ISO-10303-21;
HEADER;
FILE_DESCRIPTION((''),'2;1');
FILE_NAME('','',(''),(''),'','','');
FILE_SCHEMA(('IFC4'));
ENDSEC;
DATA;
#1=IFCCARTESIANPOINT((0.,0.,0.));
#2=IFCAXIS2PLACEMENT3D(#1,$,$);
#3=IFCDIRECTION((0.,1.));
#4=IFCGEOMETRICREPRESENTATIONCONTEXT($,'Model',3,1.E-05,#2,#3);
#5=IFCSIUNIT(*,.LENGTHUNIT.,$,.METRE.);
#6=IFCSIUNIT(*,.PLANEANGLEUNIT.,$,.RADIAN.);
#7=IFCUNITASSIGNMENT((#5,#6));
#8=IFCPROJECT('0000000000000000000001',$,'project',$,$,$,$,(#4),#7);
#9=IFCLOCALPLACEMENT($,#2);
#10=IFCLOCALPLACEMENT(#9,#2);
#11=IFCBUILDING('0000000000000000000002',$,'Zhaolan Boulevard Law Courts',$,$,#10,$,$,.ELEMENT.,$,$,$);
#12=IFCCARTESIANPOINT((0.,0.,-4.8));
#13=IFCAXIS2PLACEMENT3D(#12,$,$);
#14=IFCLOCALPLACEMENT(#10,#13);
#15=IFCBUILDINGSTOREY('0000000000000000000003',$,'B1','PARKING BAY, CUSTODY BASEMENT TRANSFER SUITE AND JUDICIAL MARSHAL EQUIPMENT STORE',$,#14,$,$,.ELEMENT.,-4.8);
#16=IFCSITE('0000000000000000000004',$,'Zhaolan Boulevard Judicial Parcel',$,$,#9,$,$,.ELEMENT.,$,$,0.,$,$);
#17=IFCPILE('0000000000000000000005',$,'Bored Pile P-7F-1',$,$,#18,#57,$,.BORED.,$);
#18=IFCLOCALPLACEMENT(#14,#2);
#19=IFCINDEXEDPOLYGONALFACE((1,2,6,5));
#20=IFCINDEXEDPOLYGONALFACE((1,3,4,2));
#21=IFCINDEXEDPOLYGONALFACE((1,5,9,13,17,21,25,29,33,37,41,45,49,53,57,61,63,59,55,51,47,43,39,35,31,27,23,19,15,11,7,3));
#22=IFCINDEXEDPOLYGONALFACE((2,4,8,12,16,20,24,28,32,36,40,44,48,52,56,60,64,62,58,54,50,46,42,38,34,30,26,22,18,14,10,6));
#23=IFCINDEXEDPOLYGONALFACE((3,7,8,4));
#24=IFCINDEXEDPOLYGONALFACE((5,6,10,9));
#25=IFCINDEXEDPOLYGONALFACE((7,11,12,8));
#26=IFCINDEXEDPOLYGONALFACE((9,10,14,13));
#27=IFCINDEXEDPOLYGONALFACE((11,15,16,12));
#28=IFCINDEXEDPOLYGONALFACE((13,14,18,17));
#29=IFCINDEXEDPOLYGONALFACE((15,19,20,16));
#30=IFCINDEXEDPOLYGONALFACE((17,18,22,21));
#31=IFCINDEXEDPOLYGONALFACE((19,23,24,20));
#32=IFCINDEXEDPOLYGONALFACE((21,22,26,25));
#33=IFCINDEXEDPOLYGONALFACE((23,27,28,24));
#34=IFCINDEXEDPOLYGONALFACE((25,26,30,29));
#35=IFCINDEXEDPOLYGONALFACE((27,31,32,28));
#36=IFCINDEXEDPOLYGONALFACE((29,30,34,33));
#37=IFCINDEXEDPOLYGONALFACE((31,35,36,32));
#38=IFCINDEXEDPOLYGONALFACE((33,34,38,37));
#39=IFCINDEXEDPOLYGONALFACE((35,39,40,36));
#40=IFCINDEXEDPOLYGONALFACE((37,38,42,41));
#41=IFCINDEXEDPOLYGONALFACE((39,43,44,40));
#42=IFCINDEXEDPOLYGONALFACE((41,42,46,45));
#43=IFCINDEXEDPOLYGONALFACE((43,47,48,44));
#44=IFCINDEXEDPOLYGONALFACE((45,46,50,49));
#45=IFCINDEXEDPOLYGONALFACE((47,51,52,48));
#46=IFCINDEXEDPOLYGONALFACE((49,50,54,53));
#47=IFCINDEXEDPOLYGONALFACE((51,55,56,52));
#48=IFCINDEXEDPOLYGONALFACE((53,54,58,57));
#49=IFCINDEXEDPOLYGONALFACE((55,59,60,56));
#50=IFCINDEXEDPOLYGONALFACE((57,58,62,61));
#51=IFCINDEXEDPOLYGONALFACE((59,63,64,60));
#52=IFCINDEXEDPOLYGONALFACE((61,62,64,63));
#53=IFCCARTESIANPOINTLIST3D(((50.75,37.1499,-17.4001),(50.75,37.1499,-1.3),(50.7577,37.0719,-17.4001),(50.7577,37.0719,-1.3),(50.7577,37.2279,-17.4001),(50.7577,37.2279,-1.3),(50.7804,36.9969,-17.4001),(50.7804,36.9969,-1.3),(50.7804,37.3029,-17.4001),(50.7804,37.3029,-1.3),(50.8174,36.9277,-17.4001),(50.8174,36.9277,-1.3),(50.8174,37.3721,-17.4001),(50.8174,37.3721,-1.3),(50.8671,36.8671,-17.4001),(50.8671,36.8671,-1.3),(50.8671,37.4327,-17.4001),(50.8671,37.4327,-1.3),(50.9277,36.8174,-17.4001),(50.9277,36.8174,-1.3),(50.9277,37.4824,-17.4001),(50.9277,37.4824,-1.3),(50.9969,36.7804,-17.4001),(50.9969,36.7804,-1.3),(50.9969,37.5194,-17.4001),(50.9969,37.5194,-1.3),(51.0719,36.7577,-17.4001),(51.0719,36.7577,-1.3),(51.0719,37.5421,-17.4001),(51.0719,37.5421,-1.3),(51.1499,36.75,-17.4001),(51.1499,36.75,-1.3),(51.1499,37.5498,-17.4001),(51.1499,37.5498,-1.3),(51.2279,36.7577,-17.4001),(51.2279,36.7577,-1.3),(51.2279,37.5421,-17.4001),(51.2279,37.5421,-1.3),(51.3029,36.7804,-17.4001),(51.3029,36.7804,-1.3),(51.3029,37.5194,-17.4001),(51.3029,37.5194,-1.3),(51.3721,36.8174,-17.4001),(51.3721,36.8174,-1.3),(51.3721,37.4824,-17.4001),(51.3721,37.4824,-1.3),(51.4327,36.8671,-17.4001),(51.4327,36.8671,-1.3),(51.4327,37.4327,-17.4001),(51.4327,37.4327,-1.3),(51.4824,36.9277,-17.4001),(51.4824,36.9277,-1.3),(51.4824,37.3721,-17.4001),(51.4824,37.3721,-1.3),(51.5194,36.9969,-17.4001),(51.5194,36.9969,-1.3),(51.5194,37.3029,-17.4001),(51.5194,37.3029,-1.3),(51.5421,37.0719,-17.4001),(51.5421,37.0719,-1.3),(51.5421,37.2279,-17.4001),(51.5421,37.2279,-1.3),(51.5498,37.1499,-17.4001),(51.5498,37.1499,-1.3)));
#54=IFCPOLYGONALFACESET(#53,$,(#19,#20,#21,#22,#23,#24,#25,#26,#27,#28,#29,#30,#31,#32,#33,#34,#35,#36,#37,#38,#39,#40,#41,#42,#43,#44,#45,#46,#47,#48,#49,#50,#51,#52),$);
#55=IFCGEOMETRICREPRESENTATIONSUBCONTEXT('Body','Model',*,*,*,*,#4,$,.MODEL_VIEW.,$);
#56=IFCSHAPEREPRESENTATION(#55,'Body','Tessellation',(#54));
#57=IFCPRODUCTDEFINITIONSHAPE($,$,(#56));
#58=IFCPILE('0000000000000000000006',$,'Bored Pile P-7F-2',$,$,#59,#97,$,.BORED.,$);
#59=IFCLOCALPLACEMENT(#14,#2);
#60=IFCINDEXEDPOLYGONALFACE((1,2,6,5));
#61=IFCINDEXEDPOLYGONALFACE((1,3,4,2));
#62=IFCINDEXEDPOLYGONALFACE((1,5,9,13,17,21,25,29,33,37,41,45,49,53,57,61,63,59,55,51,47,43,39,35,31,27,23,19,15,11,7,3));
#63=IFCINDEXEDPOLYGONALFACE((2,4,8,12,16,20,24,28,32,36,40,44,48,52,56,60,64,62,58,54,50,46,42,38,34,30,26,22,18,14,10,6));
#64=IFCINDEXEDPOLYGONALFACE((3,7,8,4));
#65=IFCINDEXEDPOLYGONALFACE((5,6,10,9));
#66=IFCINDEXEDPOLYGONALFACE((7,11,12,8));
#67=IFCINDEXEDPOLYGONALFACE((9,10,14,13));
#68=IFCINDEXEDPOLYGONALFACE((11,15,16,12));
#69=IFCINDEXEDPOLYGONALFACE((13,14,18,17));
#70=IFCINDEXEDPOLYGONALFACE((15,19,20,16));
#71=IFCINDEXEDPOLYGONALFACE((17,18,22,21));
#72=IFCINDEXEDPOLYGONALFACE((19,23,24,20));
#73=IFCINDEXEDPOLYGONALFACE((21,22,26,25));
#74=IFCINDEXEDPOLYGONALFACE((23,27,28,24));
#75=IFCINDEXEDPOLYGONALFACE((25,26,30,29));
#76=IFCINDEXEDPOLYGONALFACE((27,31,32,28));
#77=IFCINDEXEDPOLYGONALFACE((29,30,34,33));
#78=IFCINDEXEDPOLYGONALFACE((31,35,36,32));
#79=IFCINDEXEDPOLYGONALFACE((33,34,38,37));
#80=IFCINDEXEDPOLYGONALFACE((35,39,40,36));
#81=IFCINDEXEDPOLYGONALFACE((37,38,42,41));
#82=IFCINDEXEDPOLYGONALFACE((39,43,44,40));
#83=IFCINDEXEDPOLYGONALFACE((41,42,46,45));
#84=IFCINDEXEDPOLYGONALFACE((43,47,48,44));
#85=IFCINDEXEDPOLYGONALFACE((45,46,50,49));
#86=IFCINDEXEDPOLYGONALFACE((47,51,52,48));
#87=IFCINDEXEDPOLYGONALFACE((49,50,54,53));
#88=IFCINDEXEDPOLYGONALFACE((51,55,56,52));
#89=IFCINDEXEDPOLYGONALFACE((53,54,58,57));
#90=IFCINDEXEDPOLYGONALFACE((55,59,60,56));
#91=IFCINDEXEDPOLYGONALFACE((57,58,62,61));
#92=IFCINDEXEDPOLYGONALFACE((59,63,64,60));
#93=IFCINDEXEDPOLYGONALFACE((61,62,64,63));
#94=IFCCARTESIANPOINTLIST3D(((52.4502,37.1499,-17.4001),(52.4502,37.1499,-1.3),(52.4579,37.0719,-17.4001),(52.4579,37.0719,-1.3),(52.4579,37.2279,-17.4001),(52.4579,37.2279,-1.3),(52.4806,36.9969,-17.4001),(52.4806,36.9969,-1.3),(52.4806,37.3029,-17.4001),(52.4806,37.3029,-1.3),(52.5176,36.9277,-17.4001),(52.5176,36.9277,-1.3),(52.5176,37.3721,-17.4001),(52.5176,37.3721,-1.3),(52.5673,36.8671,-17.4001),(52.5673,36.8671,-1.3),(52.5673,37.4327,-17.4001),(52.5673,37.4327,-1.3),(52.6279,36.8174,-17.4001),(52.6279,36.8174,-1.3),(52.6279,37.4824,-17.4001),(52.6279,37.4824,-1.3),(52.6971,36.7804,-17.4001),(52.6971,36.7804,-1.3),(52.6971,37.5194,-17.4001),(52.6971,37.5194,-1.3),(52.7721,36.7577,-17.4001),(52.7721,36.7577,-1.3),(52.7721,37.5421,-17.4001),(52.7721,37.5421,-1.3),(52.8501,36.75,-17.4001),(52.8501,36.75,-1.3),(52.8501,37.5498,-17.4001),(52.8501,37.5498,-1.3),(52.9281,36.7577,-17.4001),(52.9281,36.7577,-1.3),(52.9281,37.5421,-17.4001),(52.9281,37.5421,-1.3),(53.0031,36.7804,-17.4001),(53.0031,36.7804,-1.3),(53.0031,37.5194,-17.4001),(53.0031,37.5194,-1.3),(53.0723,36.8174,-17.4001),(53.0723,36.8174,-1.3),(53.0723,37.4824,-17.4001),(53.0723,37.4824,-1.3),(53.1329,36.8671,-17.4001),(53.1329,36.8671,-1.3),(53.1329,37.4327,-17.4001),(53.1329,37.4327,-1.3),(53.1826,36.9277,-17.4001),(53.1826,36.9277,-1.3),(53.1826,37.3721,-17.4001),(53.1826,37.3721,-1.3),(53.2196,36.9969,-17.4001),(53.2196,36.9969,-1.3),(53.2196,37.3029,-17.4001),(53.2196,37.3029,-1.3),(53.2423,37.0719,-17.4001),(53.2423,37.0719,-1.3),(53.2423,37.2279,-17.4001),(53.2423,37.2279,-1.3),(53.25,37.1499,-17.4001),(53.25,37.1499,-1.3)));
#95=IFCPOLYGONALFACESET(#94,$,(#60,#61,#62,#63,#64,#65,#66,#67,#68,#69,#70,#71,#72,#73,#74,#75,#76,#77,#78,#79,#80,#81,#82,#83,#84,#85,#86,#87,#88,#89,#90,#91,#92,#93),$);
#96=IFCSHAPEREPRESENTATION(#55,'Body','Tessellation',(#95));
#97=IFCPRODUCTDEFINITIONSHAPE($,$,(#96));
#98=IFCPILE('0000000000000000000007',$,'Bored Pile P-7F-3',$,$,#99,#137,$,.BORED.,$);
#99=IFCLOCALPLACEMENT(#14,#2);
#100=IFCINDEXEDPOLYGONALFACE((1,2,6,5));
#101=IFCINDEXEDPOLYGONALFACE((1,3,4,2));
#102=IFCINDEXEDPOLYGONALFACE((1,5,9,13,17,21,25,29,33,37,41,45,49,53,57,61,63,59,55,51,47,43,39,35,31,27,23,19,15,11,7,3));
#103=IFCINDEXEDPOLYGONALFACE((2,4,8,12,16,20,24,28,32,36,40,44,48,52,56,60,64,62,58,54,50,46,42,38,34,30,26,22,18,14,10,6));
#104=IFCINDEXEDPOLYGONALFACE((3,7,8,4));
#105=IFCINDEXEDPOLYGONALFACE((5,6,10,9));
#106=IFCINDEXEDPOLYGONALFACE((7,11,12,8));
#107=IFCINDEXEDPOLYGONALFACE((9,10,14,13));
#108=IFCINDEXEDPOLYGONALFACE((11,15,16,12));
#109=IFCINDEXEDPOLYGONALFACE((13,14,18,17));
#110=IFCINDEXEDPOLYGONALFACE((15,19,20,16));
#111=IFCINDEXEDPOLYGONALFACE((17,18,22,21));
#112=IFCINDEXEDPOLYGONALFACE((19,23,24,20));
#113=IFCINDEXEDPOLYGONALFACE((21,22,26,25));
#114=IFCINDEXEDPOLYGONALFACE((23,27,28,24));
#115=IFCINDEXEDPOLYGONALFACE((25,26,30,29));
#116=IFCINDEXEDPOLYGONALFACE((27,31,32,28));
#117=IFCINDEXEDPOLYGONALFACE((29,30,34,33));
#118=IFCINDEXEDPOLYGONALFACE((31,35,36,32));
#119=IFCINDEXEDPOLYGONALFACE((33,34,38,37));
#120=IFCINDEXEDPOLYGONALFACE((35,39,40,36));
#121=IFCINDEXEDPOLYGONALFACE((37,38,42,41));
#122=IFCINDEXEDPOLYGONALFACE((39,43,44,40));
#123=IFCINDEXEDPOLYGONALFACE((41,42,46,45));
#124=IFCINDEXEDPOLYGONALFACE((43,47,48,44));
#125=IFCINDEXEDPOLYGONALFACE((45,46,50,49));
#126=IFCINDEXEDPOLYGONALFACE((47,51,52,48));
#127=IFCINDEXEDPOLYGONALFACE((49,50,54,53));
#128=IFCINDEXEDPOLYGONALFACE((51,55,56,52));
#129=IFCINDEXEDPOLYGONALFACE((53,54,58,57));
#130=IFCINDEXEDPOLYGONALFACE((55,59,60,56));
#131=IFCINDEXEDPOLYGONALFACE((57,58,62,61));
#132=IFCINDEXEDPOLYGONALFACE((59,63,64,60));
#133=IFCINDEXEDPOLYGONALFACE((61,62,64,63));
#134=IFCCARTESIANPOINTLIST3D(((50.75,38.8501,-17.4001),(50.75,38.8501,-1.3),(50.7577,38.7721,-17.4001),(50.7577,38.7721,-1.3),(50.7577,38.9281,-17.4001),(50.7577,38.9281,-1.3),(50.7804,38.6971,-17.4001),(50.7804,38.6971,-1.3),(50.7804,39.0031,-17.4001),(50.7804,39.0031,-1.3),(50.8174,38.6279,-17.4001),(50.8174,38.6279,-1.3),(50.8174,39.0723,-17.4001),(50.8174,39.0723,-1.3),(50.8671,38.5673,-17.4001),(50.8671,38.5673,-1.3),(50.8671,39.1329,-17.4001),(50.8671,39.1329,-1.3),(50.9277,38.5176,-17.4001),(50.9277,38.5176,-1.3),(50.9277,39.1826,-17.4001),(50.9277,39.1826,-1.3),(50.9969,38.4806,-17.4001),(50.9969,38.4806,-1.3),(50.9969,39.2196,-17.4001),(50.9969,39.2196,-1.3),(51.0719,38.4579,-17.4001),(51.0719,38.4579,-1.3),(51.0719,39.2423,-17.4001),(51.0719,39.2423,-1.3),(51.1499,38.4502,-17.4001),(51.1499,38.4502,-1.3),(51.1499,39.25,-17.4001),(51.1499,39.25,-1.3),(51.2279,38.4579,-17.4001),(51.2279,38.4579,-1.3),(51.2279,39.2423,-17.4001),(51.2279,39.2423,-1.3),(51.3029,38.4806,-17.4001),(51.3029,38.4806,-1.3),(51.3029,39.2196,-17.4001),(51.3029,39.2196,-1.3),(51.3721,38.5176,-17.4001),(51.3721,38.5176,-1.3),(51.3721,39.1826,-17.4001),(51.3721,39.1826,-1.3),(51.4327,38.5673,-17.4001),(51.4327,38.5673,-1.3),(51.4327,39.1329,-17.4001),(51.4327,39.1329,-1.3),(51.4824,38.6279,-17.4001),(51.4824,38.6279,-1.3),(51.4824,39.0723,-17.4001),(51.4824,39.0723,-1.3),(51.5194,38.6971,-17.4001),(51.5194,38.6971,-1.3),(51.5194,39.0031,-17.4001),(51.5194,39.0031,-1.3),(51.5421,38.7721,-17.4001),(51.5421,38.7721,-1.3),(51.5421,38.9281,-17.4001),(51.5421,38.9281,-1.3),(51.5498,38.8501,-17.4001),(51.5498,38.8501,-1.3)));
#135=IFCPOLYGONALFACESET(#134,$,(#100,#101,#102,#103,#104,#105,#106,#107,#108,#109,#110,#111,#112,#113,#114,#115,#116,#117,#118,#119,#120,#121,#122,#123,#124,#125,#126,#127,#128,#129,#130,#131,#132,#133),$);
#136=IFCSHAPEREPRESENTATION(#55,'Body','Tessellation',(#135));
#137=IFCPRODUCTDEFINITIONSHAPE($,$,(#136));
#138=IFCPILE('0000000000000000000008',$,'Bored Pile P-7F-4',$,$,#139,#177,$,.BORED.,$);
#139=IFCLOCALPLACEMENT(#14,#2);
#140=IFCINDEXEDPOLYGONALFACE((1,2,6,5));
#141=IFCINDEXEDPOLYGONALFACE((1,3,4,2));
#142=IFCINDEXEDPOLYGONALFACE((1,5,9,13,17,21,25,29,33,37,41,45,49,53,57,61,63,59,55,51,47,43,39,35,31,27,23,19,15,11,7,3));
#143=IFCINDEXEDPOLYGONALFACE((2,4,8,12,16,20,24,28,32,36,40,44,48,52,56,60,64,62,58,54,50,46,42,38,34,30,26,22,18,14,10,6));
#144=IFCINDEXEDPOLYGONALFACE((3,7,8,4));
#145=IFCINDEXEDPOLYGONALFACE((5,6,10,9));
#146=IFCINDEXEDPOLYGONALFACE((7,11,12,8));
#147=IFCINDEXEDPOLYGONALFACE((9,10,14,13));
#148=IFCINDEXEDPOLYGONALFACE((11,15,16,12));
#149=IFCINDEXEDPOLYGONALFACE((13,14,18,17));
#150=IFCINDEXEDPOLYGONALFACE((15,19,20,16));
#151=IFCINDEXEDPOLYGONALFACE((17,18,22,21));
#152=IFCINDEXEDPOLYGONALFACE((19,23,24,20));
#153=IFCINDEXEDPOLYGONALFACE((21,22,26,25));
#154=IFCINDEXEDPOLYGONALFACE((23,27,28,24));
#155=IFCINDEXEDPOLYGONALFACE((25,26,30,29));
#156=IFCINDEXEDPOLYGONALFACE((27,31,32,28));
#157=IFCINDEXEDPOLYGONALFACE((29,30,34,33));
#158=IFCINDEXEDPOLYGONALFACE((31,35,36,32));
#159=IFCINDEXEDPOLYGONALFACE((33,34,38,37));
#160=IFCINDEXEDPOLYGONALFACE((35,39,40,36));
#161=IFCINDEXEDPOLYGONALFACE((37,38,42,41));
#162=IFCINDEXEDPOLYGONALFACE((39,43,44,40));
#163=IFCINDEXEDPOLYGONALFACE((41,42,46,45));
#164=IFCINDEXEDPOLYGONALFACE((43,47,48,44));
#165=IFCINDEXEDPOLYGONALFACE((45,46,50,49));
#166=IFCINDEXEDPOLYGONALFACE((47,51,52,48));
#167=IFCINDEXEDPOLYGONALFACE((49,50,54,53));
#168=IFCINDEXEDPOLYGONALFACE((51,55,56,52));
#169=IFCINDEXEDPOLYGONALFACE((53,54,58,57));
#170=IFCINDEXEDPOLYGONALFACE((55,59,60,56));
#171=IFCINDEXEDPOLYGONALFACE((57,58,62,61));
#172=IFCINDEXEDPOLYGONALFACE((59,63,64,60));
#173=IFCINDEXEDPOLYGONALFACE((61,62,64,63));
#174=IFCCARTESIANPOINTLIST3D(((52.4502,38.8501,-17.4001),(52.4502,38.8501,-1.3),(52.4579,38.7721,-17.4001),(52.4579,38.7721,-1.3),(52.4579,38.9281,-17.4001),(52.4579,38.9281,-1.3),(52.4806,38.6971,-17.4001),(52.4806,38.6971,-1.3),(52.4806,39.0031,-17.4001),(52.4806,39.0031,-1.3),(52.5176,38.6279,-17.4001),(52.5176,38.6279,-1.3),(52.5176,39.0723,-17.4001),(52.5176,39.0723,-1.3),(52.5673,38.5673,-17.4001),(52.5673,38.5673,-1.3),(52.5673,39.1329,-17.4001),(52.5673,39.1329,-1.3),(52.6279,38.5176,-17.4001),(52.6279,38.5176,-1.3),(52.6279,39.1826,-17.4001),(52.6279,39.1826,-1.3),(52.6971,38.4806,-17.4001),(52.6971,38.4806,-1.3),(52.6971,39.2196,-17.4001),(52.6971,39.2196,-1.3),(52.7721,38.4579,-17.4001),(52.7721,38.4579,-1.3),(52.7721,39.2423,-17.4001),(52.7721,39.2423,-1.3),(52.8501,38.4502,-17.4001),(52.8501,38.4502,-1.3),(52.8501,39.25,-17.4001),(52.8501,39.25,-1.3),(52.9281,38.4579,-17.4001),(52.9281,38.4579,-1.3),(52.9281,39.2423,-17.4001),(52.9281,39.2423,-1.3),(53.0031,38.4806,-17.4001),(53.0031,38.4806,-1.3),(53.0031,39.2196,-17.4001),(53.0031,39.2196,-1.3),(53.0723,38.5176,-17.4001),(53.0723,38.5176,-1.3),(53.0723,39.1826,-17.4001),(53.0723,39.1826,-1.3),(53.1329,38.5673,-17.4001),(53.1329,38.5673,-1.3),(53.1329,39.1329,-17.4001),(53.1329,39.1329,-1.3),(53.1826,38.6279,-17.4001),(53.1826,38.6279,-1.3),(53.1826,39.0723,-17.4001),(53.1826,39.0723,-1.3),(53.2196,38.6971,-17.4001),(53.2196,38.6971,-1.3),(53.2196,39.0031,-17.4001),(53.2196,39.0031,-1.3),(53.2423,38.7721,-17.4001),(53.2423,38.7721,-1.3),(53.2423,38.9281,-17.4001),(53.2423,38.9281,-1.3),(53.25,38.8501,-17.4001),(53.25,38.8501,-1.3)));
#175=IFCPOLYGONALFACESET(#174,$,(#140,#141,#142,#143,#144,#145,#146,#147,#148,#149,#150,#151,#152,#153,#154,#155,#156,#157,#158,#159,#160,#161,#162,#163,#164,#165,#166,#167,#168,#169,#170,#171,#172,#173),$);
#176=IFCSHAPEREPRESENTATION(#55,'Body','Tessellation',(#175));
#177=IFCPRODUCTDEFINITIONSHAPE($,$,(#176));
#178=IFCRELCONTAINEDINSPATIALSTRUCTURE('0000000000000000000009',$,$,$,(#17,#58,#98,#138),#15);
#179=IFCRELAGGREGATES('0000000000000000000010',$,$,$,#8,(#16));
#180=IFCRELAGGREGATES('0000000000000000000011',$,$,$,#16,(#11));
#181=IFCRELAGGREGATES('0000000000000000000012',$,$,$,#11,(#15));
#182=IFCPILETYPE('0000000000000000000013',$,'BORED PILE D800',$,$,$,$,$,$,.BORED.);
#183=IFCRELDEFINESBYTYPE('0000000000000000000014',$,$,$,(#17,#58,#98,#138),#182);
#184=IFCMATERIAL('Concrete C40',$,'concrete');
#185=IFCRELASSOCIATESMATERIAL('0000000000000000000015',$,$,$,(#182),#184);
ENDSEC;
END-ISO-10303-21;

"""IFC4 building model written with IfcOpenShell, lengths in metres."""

from ifc_helpers import new_model, si_unit, direction, frame, origin, origin_2d, place, context, subcontext, project, spatial, circle, extrude, material, material_profile, profile_set, type_object, element, save


model = new_model("IFC4")

# Units and contexts
model_context = context("Model", 3, precision=1e-05, world=origin(), true_north=direction((0.0, 1.0)))
body_context = subcontext(model_context, "Body", "Model", "MODEL_VIEW")
ifc_project = project(units=[si_unit("LENGTHUNIT", "METRE"), si_unit("PLANEANGLEUNIT", "RADIAN")], contexts=[model_context])

# Site, building, storey
site_placement = place(None, origin())
site = spatial("IfcSite", under=ifc_project, at=site_placement, Name="Zhaolan Boulevard Judicial Parcel", CompositionType="ELEMENT", RefElevation=0.0)
building_placement = place(site_placement, origin())
building = spatial("IfcBuilding", under=site, at=building_placement, Name="Zhaolan Boulevard Law Courts", CompositionType="ELEMENT")
storey_placement = place(building_placement, frame((0.0, 0.0, -4.8)))
storey = spatial("IfcBuildingStorey", under=building, at=storey_placement, Name="B1", Description="PARKING BAY, CUSTODY BASEMENT TRANSFER SUITE AND JUDICIAL MARSHAL EQUIPMENT STORE", CompositionType="ELEMENT", Elevation=-4.8)

# Piles
ifc_material_1 = material(Name="Concrete C40", Category="concrete")
ifc_material_profile_1 = material_profile(ifc_material_1, circle(Radius=0.3999, at=origin_2d()), Name="PILE-D800")
ifc_profile_set_1 = profile_set([ifc_material_profile_1], Name="Concrete C40")
pile_type = type_object("IfcPileType", Name="BORED PILE D800", PredefinedType="BORED", material=ifc_profile_set_1)
for number, where, z_axis, x_axis, name in (
    (1, (51.1499, 37.1499, -1.3), (0.0, 0.0, -1.0), (1.0, 0.0, 0.0), "Bored Pile P-7F-1"),
    (2, (52.8501, 37.1499, -1.3), (0.0, 0.0, -1.0), (1.0, 0.0, 0.0), "Bored Pile P-7F-2"),
    (3, (51.1499, 38.8501, -1.3), (0.0, 0.0, -1.0), (1.0, 0.0, 0.0), "Bored Pile P-7F-3"),
    (4, (52.8501, 38.8501, -1.3), (0.0, 0.0, -1.0), (1.0, 0.0, 0.0), "Bored Pile P-7F-4"),
):
    element("IfcPile", number, at=place(storey_placement, frame(where, z_axis=z_axis, x_axis=x_axis)), inside=storey, type_object=pile_type, Name=name, PredefinedType="BORED", context=body_context, shape_type="SweptSolid", body=[
        extrude(circle(Radius=0.3999, at=origin_2d()), origin(), (0.0, 0.0, 1.0), 16.1001),
    ])

save(model, "model.ifc")
